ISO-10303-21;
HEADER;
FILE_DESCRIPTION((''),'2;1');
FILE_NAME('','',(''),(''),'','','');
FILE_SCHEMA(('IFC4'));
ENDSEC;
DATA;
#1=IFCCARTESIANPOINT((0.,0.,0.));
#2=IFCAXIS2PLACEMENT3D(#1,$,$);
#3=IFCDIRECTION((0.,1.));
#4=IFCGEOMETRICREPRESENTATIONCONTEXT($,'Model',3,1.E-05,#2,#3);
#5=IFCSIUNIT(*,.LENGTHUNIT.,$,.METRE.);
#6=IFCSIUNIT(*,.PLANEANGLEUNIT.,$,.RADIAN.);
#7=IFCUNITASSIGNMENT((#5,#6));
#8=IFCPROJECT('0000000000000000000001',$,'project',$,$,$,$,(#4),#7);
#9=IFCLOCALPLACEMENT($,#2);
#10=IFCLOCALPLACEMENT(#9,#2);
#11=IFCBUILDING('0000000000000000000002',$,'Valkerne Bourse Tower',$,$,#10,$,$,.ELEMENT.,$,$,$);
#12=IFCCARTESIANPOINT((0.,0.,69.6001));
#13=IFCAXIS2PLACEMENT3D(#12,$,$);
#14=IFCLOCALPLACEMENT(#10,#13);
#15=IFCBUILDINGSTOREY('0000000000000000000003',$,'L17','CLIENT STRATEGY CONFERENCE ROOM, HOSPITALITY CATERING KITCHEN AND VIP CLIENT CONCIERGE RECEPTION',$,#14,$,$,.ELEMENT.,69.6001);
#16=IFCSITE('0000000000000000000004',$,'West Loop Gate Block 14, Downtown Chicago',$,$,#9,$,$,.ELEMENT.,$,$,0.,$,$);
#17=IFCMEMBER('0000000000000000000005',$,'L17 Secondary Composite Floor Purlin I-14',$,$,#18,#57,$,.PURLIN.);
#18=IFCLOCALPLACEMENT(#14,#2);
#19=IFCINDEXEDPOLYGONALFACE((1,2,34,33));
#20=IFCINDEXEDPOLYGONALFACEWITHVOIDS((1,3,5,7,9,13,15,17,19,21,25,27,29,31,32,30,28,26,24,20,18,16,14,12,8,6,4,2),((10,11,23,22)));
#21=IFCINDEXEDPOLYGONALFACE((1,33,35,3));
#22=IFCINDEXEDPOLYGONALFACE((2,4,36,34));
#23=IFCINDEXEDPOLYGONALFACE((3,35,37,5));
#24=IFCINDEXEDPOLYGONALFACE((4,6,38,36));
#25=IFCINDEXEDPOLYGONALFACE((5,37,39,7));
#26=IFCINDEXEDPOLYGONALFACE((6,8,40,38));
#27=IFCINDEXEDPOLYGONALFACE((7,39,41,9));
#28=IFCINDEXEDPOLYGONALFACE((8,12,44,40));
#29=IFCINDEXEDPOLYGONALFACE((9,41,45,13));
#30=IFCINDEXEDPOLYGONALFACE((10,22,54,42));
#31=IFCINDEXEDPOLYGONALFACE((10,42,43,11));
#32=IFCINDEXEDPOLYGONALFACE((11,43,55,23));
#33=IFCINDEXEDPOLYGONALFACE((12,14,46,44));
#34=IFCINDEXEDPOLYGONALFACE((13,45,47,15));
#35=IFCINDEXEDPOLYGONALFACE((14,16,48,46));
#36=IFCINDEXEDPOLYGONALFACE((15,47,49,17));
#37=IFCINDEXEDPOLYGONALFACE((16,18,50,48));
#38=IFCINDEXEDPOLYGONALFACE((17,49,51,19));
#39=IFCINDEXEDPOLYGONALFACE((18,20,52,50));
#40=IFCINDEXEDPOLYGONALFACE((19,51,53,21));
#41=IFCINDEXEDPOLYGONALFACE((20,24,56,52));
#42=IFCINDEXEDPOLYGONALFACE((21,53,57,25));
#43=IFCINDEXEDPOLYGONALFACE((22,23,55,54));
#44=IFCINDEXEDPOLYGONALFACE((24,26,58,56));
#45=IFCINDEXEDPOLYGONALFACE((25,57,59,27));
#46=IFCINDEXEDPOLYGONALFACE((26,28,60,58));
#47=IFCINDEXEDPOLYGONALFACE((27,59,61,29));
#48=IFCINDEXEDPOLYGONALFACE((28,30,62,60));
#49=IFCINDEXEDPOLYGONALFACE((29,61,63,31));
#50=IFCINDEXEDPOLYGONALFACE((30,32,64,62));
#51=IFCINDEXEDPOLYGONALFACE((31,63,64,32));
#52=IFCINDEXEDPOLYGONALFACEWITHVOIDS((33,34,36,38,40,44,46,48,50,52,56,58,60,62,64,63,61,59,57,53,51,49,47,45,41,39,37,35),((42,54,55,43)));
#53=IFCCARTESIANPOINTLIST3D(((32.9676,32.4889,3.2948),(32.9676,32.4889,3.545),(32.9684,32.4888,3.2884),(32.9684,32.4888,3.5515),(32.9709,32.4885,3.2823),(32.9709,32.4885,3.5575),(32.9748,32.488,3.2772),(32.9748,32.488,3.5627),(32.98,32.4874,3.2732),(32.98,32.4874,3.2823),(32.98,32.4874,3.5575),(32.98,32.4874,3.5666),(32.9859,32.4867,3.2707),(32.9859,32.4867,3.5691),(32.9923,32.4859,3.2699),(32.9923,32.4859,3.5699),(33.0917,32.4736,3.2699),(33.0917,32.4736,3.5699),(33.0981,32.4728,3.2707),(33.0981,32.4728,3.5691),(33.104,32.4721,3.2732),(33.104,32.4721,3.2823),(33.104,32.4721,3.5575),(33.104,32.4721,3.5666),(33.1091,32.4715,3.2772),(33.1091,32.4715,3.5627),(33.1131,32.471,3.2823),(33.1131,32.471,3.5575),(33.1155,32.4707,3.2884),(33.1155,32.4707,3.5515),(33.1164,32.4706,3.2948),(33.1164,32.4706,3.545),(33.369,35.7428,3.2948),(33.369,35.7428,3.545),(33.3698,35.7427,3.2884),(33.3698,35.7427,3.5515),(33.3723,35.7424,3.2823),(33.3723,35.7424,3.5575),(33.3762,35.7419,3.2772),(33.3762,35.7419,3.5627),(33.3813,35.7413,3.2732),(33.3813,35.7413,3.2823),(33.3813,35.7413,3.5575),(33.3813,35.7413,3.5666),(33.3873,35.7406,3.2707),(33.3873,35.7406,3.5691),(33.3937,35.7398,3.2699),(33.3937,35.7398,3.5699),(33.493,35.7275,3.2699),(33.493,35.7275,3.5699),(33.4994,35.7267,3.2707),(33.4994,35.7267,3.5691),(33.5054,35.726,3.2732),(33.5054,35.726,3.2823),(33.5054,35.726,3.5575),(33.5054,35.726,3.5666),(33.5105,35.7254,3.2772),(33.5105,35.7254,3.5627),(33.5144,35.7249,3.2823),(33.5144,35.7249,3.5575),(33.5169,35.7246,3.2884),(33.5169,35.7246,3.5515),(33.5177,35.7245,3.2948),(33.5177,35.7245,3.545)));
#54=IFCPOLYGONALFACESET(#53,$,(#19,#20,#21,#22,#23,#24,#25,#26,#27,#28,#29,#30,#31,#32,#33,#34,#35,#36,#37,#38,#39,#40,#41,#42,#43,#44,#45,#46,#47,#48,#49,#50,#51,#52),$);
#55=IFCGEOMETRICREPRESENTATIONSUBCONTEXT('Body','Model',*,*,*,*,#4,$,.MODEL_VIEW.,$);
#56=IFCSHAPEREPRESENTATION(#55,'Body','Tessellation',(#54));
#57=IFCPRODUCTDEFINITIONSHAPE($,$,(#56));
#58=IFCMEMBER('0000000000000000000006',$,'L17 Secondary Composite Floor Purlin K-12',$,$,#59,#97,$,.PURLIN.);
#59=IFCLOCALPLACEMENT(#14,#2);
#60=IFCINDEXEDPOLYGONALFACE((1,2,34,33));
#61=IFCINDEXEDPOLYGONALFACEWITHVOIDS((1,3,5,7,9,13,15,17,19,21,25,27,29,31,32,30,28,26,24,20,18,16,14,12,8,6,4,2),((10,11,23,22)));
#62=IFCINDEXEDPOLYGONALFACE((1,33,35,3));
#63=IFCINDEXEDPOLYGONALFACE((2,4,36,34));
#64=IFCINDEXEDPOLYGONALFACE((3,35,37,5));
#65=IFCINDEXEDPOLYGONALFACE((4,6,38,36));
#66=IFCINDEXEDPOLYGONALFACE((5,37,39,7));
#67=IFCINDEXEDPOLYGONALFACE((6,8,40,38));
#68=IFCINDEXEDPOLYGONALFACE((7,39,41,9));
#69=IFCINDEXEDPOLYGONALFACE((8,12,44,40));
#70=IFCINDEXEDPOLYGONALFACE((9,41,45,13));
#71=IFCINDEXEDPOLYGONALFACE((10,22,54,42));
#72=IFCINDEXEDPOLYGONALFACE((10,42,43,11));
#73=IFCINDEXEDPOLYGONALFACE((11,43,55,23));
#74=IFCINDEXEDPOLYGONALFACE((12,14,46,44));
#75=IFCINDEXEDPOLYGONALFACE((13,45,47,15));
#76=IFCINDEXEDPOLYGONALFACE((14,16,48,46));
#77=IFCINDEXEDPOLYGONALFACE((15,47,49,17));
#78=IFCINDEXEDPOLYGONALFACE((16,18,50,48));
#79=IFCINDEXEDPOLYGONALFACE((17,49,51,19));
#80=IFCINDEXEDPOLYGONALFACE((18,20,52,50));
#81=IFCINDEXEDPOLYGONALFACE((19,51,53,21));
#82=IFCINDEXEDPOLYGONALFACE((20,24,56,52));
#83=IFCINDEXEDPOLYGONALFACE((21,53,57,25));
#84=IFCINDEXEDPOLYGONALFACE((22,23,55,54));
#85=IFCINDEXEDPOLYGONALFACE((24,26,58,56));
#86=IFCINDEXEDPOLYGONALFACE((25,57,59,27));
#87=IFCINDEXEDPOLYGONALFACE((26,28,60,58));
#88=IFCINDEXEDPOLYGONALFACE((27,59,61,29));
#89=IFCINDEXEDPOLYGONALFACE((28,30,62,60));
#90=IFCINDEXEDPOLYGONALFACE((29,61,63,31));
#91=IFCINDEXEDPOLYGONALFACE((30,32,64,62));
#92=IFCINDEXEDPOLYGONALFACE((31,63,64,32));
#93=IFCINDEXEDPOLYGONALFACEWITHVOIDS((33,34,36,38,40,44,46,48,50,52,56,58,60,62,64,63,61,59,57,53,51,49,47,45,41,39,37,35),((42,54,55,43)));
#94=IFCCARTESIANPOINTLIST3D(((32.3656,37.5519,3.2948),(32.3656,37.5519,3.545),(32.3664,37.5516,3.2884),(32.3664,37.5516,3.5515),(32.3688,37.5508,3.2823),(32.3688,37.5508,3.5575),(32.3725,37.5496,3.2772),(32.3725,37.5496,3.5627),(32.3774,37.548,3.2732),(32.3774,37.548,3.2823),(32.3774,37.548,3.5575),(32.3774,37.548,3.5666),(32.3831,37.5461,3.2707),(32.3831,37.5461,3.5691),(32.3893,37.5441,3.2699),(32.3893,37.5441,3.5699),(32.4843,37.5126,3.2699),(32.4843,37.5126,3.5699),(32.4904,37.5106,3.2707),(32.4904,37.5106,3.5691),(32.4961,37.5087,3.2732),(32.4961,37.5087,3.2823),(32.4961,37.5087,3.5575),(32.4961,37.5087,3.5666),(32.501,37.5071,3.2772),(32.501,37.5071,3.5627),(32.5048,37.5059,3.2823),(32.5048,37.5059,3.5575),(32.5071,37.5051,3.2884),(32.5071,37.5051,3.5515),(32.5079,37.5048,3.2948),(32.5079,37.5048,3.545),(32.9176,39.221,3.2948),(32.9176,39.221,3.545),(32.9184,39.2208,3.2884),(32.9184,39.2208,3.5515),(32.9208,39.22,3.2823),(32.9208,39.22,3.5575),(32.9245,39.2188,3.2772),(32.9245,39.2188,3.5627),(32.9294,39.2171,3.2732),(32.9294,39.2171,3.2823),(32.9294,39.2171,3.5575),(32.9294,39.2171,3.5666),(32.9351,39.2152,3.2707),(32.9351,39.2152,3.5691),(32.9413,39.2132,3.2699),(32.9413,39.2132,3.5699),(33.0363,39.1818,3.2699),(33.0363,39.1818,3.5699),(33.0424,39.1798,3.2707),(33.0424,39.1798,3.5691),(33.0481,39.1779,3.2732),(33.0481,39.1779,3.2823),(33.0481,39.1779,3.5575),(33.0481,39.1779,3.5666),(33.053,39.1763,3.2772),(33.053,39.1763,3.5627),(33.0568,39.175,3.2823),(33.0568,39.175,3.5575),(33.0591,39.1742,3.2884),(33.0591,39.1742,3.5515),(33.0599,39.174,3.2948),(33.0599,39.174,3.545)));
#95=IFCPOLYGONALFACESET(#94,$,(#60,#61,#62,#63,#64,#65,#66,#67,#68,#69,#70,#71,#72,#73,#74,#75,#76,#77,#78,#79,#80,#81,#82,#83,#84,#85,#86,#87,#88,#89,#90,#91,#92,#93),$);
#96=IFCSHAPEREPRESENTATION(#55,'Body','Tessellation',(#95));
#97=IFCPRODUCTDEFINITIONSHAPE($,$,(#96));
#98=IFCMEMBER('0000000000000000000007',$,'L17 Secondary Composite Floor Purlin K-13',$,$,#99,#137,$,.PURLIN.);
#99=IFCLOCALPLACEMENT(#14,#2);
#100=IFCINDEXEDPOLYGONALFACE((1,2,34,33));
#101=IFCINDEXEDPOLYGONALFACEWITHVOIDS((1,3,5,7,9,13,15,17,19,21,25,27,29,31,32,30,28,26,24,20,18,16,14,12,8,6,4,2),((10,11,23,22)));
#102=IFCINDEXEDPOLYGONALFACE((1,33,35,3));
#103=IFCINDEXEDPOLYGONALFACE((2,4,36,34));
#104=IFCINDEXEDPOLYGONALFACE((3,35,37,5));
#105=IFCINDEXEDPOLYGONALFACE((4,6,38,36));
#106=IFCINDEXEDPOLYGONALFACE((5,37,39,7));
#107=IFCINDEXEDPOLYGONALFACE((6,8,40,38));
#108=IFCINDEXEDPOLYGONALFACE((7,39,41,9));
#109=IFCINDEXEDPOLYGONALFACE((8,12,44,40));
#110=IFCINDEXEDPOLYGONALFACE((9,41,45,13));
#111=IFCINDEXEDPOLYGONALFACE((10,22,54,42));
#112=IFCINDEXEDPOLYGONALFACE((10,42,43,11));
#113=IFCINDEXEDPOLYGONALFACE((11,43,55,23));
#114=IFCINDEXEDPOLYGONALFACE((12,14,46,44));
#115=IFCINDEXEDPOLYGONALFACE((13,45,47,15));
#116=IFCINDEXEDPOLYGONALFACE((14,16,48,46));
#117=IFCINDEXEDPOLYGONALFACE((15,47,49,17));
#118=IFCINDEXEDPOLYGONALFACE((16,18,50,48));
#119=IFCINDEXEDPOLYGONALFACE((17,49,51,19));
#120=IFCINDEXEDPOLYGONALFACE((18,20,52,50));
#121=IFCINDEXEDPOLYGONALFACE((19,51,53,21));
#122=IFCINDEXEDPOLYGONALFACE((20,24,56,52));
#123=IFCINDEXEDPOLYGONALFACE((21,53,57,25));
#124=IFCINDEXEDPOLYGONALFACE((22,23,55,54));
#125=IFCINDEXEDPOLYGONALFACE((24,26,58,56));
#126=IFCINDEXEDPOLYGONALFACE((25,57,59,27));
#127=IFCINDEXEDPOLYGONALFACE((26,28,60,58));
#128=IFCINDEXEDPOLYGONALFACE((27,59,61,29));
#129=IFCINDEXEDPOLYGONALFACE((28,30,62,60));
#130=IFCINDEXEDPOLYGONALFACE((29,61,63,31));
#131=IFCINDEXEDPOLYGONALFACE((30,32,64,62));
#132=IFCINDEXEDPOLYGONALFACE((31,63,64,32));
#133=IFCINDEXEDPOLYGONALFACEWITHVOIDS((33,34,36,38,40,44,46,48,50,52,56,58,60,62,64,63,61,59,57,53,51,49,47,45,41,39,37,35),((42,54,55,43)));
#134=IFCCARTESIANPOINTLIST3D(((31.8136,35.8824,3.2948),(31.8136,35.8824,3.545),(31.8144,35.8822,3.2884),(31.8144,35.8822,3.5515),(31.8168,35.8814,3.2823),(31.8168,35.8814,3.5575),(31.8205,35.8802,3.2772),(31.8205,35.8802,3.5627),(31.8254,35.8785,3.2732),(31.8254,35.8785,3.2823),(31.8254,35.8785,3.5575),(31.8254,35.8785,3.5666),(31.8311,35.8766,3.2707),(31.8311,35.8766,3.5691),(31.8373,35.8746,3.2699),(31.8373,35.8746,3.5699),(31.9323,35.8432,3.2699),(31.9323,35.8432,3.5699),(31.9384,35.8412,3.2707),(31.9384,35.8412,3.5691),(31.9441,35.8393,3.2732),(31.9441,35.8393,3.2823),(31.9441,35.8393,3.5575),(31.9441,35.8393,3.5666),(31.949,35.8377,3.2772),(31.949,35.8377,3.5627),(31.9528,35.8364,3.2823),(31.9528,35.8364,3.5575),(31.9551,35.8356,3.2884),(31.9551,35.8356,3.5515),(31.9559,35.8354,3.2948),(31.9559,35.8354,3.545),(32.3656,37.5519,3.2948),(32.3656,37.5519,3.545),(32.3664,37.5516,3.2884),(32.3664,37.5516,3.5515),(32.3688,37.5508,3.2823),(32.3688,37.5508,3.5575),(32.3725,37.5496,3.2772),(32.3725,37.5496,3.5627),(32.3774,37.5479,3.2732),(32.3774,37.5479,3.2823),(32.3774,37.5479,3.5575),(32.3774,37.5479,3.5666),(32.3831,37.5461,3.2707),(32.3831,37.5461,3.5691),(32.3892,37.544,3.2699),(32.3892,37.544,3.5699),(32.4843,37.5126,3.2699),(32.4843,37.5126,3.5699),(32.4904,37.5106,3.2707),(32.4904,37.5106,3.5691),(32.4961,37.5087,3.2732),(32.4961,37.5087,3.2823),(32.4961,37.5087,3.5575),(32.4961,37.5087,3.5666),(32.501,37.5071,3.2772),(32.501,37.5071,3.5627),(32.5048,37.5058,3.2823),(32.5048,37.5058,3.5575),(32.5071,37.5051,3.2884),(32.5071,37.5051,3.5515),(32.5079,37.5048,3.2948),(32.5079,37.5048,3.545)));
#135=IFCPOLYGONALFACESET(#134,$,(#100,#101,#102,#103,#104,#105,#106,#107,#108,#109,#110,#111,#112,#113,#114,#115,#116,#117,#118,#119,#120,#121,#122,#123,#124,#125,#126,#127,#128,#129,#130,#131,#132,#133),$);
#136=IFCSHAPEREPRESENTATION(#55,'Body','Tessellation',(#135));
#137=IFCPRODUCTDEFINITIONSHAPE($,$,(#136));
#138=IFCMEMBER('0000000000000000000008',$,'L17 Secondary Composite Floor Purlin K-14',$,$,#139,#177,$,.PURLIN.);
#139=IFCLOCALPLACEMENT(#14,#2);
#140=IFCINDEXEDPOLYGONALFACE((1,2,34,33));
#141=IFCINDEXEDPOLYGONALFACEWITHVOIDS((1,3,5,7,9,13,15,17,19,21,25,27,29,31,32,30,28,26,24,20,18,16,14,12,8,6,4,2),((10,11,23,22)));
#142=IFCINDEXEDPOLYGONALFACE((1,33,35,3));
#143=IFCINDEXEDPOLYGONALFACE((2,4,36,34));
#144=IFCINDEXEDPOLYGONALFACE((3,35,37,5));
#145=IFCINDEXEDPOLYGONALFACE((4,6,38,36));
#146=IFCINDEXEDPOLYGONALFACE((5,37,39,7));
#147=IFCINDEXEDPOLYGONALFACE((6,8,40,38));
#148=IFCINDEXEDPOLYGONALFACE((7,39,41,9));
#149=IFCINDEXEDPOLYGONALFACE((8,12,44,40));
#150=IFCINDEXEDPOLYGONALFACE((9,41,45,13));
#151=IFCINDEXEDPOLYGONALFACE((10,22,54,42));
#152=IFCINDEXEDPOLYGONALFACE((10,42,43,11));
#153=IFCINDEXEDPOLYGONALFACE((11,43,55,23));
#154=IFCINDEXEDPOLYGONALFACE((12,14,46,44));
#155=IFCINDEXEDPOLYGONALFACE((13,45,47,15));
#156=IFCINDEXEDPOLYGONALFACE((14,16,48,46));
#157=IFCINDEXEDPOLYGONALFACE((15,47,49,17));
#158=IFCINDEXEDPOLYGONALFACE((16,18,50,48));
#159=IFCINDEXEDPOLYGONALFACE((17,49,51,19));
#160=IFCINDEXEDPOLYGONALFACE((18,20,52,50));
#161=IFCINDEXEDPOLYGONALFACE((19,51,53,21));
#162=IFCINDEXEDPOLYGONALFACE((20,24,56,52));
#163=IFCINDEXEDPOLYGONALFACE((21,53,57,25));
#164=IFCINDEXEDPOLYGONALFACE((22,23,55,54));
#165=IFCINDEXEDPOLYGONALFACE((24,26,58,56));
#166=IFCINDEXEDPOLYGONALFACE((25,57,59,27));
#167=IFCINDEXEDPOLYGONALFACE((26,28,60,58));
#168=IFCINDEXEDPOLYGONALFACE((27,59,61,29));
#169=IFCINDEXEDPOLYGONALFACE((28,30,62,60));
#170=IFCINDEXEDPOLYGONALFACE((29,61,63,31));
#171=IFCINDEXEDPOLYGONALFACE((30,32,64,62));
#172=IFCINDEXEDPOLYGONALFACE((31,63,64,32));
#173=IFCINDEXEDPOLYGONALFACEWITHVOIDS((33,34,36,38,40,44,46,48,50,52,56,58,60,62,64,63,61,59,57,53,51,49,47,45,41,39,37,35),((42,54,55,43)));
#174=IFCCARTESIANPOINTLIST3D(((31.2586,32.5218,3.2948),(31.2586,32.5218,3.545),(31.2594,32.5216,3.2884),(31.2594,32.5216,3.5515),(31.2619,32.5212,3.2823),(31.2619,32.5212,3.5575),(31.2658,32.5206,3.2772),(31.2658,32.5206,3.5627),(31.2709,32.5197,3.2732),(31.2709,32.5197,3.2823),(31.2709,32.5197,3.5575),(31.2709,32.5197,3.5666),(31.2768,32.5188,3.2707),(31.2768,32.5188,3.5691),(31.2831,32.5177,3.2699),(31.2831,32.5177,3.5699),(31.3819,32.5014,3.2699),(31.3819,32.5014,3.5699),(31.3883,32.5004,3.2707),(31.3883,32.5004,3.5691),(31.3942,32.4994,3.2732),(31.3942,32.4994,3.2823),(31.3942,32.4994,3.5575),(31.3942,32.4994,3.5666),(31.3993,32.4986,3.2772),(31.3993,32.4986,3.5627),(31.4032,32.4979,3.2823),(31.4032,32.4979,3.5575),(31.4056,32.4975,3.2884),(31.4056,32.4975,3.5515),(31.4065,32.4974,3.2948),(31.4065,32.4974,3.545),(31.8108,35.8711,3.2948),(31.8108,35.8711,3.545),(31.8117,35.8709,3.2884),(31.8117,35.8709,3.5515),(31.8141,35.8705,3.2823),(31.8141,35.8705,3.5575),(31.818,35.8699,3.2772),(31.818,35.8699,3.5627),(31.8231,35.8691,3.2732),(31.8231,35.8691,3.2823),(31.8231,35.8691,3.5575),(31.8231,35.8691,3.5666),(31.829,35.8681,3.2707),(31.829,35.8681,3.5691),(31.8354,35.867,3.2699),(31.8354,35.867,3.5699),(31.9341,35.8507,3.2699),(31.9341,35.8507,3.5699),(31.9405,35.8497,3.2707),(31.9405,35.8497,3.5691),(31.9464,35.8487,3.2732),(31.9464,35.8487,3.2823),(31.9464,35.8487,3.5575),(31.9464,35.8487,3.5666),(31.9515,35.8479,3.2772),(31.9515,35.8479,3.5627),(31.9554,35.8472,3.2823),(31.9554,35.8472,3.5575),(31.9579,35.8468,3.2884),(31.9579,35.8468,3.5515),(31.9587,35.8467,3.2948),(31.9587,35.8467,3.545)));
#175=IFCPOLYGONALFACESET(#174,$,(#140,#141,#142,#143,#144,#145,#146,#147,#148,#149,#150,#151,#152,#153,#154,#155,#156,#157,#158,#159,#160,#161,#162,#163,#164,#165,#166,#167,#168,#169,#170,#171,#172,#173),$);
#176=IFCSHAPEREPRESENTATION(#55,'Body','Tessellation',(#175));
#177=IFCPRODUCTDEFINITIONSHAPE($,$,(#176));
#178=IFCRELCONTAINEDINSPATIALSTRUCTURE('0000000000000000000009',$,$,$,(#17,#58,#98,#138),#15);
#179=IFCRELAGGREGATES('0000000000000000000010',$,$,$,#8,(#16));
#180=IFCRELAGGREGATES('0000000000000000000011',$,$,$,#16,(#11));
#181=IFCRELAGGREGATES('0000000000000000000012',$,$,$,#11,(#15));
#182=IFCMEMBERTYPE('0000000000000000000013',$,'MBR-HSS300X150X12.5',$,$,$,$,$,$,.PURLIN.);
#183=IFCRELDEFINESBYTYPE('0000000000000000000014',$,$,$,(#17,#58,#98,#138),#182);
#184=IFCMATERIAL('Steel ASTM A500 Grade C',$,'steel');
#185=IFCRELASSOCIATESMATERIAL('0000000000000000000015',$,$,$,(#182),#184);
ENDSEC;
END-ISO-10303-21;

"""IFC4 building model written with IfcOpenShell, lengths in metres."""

from ifc_helpers import new_model, si_unit, direction, frame, origin, origin_2d, place, context, subcontext, project, spatial, hollow_rectangle, extrude, material, material_profile, profile_set, type_object, element, save


model = new_model("IFC4")

# Units and contexts
model_context = context("Model", 3, precision=1e-05, world=origin(), true_north=direction((0.0, 1.0)))
body_context = subcontext(model_context, "Body", "Model", "MODEL_VIEW")
ifc_project = project(units=[si_unit("LENGTHUNIT", "METRE"), si_unit("PLANEANGLEUNIT", "RADIAN")], contexts=[model_context])

# Site, building, storey
site_placement = place(None, origin())
site = spatial("IfcSite", under=ifc_project, at=site_placement, Name="West Loop Gate Block 14, Downtown Chicago", CompositionType="ELEMENT", RefElevation=0.0)
building_placement = place(site_placement, origin())
building = spatial("IfcBuilding", under=site, at=building_placement, Name="Valkerne Bourse Tower", CompositionType="ELEMENT")
storey_placement = place(building_placement, frame((0.0, 0.0, 69.6001)))
storey = spatial("IfcBuildingStorey", under=building, at=storey_placement, Name="L17", Description="CLIENT STRATEGY CONFERENCE ROOM, HOSPITALITY CATERING KITCHEN AND VIP CLIENT CONCIERGE RECEPTION", CompositionType="ELEMENT", Elevation=69.6001)

# Members
ifc_material_1 = material(Name="Steel ASTM A500 Grade C", Category="steel")
ifc_material_profile_1 = material_profile(ifc_material_1, hollow_rectangle(XDim=0.1499, YDim=0.3, WallThickness=0.0125, OuterFilletRadius=0.0249, at=origin_2d()), Name="HSS300X150X12.5")
ifc_profile_set_1 = profile_set([ifc_material_profile_1], Name="Steel ASTM A500 Grade C")
member_type_1 = type_object("IfcMemberType", Name="MBR-HSS300X150X12.5", PredefinedType="PURLIN", material=ifc_profile_set_1)
member_1_placement = place(storey_placement, frame((33.4434, 35.7336, 3.4199), z_axis=(-0.122422, -0.992478, 0.0), x_axis=(0.992478, -0.122422, 0.0)))
element("IfcMember", 1, at=member_1_placement, inside=storey, type_object=member_type_1, Name="L17 Secondary Composite Floor Purlin I-14", PredefinedType="PURLIN", context=body_context, shape_type="SweptSolid", body=[
    extrude(hollow_rectangle(XDim=0.1499, YDim=0.3, WallThickness=0.0125, OuterFilletRadius=0.0249, at=origin_2d()), origin(), (0.0, 0.0, 1.0), 3.2786),
])
member_2_placement = place(storey_placement, frame((32.9888, 39.1975, 3.4199), z_axis=(-0.313977, -0.949431, 0.0), x_axis=(0.949431, -0.313977, 0.0)))
element("IfcMember", 2, at=member_2_placement, inside=storey, type_object=member_type_1, Name="L17 Secondary Composite Floor Purlin K-12", PredefinedType="PURLIN", context=body_context, shape_type="SweptSolid", body=[
    extrude(hollow_rectangle(XDim=0.1499, YDim=0.3, WallThickness=0.0125, OuterFilletRadius=0.0249, at=origin_2d()), origin(), (0.0, 0.0, 1.0), 1.7581),
])
member_3_placement = place(storey_placement, frame((32.4368, 37.5283, 3.4199), z_axis=(-0.313936, -0.949444, 0.0), x_axis=(0.949444, -0.313936, 0.0)))
element("IfcMember", 3, at=member_3_placement, inside=storey, type_object=member_type_1, Name="L17 Secondary Composite Floor Purlin K-13", PredefinedType="PURLIN", context=body_context, shape_type="SweptSolid", body=[
    extrude(hollow_rectangle(XDim=0.1499, YDim=0.3, WallThickness=0.0125, OuterFilletRadius=0.0249, at=origin_2d()), origin(), (0.0, 0.0, 1.0), 1.7583),
])
member_4_placement = place(storey_placement, frame((31.8848, 35.8589, 3.4199), z_axis=(-0.162684, -0.986678, 0.0), x_axis=(0.986678, -0.162684, 0.0)))
element("IfcMember", 4, at=member_4_placement, inside=storey, type_object=member_type_1, Name="L17 Secondary Composite Floor Purlin K-14", PredefinedType="PURLIN", context=body_context, shape_type="SweptSolid", body=[
    extrude(hollow_rectangle(XDim=0.1499, YDim=0.3, WallThickness=0.0125, OuterFilletRadius=0.0249, at=origin_2d()), origin(), (0.0, 0.0, 1.0), 3.3945),
])

save(model, "model.ifc")
